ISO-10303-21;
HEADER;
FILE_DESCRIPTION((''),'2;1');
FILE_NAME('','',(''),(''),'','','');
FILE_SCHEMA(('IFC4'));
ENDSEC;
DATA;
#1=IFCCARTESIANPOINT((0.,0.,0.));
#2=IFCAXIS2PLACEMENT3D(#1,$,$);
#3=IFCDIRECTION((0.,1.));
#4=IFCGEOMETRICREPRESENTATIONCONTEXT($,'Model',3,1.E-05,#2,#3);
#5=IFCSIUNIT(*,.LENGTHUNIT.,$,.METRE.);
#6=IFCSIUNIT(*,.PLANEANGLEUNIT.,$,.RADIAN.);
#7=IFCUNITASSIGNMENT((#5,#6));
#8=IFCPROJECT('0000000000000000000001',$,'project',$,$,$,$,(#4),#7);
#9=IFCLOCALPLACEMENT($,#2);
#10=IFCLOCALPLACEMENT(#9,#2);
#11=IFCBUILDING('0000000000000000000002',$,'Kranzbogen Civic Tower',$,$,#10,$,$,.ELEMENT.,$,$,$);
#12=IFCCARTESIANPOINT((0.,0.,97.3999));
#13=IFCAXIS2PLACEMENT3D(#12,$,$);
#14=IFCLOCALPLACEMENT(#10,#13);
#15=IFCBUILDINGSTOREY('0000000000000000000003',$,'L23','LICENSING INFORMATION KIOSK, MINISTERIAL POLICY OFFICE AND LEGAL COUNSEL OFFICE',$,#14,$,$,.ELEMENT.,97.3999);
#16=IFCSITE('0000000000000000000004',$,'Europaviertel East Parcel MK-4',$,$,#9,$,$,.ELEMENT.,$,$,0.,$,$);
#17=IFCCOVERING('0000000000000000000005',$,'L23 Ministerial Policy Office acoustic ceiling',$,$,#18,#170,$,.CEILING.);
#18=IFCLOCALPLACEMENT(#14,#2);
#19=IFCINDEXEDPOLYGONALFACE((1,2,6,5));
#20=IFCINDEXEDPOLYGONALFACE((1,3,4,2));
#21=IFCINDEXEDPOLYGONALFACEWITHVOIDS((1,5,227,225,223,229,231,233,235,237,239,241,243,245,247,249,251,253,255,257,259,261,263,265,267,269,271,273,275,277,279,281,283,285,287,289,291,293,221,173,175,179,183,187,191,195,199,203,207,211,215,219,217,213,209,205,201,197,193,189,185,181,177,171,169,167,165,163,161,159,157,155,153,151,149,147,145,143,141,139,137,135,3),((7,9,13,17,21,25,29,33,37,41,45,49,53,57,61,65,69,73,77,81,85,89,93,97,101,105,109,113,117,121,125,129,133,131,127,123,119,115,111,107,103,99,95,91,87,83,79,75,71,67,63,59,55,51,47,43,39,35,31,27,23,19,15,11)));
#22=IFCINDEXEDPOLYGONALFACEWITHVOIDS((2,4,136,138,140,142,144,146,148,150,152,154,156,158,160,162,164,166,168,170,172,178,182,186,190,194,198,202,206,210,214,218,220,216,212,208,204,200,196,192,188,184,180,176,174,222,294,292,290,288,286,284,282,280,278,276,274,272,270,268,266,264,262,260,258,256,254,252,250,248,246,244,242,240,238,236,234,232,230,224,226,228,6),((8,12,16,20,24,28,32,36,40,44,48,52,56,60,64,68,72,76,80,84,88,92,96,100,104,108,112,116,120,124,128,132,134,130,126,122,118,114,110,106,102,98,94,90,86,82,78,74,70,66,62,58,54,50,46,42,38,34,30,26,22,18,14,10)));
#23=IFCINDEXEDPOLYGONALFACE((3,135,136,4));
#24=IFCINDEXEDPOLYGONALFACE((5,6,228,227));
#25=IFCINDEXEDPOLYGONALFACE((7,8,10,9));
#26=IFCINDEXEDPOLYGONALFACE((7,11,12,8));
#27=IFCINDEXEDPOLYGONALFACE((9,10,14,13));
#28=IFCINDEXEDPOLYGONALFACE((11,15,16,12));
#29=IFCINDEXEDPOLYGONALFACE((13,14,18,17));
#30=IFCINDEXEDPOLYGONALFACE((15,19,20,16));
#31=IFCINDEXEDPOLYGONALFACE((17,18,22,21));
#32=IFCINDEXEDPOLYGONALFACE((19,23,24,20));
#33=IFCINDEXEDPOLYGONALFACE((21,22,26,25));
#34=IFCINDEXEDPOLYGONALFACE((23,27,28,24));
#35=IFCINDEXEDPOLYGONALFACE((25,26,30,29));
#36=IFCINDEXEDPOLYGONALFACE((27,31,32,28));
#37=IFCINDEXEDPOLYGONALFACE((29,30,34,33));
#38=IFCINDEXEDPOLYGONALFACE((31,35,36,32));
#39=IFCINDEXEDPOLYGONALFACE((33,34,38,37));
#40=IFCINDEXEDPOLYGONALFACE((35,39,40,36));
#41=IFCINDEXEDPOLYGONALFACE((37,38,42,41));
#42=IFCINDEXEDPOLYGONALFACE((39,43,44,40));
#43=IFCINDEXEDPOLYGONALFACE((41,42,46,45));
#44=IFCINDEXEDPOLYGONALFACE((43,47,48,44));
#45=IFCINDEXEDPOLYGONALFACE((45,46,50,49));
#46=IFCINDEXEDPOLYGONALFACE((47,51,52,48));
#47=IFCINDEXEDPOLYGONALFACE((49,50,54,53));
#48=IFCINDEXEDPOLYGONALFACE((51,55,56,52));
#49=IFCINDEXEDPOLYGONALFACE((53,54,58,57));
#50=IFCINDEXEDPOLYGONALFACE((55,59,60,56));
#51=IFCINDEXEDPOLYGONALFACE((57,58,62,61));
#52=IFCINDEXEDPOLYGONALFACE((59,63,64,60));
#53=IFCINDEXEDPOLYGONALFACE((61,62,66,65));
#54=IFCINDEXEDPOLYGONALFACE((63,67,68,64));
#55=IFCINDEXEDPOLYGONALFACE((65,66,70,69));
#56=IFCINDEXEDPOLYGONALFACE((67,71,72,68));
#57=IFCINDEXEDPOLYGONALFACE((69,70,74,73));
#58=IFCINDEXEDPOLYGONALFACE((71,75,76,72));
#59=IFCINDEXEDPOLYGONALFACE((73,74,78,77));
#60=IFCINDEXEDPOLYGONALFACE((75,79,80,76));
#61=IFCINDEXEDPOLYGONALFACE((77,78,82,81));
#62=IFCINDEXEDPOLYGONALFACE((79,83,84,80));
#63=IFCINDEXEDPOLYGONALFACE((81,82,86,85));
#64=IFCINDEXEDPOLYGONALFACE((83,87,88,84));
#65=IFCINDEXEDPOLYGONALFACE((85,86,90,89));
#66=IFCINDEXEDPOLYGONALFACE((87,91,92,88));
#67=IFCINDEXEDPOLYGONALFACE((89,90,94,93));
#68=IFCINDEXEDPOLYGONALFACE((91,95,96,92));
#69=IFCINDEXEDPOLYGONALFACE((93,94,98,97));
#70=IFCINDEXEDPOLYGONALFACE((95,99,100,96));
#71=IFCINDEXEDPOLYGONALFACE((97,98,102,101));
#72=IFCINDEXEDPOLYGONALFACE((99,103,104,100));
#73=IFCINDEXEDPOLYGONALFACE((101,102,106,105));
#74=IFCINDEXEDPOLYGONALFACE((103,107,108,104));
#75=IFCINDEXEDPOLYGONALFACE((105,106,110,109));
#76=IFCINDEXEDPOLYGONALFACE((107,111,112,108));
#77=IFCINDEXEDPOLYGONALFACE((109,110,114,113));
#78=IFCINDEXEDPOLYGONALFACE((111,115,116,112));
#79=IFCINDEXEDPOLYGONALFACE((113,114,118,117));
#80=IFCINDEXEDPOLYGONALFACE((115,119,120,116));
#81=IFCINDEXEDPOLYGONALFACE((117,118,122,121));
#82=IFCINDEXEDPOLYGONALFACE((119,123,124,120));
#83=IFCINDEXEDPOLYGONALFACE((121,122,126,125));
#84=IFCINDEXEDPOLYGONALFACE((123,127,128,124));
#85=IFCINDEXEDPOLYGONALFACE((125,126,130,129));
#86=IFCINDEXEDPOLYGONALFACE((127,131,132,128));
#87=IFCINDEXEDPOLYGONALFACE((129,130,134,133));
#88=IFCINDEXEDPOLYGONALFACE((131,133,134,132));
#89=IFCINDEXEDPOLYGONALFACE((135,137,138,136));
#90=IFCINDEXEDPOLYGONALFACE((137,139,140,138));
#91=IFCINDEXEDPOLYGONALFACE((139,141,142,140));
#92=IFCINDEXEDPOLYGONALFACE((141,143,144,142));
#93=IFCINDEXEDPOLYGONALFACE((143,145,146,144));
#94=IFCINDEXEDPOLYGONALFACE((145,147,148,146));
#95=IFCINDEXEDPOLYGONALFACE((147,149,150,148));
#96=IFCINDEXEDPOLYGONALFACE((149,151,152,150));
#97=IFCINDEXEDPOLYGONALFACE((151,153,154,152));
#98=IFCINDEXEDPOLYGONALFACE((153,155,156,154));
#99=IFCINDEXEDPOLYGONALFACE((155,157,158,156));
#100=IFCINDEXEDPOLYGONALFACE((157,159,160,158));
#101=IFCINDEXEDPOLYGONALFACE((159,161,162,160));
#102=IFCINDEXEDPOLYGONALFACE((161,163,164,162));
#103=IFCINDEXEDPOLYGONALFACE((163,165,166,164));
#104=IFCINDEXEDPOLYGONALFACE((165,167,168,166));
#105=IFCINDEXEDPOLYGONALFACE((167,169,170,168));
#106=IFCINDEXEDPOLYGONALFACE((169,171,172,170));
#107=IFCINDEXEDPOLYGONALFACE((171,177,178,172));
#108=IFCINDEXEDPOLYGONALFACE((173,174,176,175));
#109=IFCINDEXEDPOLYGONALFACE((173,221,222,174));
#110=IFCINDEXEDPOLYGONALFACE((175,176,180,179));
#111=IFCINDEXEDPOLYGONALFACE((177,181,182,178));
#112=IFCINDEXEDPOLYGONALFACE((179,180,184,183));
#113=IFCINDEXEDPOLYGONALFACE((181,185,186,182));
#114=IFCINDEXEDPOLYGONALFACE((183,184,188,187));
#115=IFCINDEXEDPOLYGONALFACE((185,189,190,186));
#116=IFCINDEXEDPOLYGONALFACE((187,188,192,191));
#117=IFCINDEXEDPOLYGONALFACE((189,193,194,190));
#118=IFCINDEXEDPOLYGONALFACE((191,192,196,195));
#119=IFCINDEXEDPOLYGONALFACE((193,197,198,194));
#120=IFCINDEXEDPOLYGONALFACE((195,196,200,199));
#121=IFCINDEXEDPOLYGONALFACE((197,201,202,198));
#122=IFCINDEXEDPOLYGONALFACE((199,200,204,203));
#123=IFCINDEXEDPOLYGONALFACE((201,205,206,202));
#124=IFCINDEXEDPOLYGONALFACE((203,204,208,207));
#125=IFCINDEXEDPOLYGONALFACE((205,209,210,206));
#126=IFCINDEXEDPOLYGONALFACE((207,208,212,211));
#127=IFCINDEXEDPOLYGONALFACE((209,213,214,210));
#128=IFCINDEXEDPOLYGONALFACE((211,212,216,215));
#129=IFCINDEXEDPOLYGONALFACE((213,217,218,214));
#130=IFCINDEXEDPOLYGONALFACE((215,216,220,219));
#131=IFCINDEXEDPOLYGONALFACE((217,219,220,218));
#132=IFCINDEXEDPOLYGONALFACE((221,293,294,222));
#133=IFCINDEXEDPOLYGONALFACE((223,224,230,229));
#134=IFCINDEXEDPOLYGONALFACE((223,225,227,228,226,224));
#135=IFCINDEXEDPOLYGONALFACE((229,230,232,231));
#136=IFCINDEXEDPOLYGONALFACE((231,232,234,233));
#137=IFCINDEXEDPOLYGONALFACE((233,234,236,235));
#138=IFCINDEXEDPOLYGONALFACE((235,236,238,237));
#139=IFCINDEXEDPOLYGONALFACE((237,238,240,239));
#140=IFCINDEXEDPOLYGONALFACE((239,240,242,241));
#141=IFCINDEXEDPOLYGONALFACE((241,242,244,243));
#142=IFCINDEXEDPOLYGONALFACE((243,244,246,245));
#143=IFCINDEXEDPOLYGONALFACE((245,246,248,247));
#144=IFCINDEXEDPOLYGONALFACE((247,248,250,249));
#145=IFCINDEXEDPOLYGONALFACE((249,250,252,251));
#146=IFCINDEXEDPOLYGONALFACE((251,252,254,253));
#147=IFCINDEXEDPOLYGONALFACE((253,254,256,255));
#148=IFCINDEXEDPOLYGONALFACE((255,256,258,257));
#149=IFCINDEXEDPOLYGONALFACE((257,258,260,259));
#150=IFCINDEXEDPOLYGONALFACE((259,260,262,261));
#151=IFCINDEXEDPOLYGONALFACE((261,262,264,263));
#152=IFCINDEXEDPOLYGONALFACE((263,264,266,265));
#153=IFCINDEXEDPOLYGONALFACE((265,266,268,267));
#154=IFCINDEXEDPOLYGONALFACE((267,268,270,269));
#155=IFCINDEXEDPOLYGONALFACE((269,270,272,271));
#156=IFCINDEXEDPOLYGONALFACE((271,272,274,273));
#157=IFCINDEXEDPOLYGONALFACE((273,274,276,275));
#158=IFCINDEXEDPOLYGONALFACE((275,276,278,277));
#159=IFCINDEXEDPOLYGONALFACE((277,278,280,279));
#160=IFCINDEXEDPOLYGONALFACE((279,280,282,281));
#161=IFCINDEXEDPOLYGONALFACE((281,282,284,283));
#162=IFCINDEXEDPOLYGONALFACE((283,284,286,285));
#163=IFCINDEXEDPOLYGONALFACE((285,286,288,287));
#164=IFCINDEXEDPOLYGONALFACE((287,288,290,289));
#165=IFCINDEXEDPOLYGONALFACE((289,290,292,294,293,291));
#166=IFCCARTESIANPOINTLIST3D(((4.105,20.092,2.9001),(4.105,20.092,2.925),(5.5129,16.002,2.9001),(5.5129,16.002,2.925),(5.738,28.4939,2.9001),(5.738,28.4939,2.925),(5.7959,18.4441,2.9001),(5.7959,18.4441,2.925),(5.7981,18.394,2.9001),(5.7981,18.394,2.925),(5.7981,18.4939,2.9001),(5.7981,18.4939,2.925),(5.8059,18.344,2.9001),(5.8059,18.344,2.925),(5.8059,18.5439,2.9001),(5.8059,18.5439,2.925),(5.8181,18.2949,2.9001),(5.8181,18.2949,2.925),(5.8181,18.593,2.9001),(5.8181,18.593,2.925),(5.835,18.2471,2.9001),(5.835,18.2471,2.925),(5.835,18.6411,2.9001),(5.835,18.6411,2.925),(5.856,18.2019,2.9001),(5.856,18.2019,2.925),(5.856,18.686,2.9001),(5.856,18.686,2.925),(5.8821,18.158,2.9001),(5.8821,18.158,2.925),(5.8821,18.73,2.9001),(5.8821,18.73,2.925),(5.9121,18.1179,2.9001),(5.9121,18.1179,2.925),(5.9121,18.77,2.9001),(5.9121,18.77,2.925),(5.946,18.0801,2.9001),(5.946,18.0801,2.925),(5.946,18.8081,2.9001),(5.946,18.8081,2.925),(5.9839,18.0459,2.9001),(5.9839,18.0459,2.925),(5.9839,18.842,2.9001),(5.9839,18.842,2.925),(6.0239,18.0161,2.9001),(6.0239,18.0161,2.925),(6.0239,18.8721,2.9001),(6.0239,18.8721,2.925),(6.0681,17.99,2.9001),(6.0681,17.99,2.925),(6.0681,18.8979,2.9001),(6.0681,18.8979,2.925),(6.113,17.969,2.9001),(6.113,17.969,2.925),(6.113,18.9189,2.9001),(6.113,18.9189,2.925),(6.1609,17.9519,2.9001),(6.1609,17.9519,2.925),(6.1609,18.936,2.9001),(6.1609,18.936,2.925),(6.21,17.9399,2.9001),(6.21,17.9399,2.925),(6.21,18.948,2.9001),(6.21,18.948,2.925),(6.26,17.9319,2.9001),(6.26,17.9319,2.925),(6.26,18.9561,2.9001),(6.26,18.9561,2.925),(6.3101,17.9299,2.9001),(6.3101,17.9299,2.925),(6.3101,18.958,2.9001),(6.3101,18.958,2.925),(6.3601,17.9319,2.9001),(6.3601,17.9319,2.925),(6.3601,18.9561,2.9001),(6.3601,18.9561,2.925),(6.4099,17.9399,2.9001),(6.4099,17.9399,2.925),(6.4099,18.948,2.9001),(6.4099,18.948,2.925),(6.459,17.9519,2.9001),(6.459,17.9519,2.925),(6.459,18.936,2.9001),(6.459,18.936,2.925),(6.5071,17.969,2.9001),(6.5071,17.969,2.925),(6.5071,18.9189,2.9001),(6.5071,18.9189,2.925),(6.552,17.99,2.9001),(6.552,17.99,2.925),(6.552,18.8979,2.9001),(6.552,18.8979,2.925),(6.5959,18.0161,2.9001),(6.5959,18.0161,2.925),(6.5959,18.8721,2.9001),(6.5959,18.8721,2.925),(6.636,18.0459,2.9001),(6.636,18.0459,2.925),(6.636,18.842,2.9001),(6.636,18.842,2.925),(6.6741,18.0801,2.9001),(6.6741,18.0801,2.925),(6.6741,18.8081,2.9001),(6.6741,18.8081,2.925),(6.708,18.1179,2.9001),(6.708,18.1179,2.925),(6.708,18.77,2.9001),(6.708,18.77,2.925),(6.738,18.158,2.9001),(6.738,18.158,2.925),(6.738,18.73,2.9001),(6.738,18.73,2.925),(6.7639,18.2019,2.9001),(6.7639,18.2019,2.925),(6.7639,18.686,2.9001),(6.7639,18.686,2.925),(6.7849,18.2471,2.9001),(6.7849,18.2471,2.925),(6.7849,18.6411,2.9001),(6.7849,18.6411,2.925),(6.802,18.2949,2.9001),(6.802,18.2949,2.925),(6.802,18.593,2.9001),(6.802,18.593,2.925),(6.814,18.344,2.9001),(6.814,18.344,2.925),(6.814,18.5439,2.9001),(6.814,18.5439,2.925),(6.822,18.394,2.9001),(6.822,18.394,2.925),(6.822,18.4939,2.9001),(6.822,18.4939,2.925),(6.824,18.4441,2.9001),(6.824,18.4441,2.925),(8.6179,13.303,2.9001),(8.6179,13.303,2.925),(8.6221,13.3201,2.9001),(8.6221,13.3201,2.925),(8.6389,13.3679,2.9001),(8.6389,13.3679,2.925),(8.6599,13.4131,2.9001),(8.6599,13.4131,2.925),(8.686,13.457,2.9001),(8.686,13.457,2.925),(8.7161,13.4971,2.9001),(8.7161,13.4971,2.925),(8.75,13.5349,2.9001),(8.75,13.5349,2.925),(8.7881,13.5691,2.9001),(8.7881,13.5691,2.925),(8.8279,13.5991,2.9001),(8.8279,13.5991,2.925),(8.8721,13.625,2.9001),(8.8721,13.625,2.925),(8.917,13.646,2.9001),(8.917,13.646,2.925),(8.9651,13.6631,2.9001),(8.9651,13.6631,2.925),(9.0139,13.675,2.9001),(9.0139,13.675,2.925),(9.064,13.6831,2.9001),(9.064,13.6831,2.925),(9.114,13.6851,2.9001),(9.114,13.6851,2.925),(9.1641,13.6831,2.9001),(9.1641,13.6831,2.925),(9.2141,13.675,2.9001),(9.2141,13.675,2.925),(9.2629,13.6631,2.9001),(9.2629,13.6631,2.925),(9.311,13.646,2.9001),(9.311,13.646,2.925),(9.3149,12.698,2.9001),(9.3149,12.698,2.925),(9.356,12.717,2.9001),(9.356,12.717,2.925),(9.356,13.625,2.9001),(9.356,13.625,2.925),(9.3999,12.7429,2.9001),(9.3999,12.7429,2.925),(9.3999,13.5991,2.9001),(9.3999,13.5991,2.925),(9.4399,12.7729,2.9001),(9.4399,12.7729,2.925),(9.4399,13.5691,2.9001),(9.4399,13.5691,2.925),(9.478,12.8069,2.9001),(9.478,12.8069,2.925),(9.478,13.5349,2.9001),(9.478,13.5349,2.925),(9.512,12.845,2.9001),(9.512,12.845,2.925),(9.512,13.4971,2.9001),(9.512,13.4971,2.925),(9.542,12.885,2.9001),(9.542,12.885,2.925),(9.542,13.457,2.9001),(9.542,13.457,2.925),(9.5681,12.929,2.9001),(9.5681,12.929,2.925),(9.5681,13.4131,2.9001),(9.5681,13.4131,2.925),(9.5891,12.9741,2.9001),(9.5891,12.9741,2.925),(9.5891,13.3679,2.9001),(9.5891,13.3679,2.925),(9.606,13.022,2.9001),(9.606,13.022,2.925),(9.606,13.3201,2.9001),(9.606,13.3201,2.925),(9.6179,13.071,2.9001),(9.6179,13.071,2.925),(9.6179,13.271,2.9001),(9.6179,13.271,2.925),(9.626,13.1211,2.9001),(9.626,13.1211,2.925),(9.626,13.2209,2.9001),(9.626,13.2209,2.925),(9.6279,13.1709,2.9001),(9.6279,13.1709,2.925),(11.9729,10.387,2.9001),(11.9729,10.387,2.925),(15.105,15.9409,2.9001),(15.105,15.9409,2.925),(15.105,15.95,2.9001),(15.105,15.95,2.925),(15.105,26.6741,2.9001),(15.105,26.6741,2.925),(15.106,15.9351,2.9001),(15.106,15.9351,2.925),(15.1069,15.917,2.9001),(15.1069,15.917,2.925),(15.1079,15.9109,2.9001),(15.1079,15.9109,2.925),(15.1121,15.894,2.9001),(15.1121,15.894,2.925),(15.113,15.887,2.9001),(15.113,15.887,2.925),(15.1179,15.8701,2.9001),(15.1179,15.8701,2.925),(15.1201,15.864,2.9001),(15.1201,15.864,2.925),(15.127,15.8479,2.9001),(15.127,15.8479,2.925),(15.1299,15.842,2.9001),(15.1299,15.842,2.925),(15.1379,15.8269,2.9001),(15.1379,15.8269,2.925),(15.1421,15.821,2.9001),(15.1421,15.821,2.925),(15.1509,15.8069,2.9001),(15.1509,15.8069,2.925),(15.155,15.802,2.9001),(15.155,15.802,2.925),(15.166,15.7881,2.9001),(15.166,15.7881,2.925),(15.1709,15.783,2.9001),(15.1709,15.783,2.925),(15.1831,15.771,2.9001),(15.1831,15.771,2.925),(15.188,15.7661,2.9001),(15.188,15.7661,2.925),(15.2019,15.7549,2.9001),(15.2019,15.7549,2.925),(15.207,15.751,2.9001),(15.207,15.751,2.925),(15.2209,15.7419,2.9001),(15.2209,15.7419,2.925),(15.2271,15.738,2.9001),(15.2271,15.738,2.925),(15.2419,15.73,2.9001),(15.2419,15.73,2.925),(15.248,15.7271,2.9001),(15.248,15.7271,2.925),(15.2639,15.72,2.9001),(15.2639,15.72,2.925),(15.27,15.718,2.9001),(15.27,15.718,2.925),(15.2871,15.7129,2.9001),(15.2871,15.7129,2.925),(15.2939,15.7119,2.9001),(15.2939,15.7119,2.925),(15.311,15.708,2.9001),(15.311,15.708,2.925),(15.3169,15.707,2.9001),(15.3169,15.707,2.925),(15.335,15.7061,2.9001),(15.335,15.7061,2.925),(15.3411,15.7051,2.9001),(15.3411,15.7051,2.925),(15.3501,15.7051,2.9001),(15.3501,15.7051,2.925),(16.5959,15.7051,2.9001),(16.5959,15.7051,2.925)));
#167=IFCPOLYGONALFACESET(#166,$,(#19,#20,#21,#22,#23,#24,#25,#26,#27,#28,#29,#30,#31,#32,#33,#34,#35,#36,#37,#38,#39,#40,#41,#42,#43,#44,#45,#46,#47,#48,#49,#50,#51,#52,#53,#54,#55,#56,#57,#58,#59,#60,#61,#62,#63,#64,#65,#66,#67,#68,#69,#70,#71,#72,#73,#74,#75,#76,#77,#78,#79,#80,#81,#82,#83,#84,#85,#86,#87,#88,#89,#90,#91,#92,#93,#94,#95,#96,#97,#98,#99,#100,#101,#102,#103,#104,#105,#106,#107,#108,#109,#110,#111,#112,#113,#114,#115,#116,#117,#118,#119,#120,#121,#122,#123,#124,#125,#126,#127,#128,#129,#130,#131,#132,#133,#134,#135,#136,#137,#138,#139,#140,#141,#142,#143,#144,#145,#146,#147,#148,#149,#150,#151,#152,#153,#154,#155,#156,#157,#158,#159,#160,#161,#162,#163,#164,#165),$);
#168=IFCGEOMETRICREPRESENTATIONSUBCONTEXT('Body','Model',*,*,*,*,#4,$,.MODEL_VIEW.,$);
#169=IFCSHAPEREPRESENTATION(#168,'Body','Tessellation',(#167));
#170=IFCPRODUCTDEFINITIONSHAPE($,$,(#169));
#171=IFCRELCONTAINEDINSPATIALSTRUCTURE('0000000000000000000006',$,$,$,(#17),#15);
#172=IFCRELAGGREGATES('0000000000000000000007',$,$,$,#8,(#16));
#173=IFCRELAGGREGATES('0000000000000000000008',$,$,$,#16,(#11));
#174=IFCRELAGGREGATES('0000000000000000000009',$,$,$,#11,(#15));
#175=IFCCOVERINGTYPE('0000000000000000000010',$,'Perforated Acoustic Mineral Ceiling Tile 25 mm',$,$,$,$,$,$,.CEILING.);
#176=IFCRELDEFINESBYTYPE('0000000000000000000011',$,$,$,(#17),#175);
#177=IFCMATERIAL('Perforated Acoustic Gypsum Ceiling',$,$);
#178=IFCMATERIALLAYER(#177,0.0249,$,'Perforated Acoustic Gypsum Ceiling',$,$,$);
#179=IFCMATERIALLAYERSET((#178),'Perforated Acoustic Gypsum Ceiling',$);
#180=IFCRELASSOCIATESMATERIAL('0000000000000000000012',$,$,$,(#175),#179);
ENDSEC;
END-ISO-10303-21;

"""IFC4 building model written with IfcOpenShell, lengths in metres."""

from ifc_helpers import new_model, si_unit, direction, frame, origin, place, context, subcontext, project, spatial, polyline, outline, extrude, material, layer, layer_set, type_object, element, save


model = new_model("IFC4")

# Units and contexts
model_context = context("Model", 3, precision=1e-05, world=origin(), true_north=direction((0.0, 1.0)))
body_context = subcontext(model_context, "Body", "Model", "MODEL_VIEW")
ifc_project = project(units=[si_unit("LENGTHUNIT", "METRE"), si_unit("PLANEANGLEUNIT", "RADIAN")], contexts=[model_context])

# Site, building, storey
site_placement = place(None, origin())
site = spatial("IfcSite", under=ifc_project, at=site_placement, Name="Europaviertel East Parcel MK-4", CompositionType="ELEMENT", RefElevation=0.0)
building_placement = place(site_placement, origin())
building = spatial("IfcBuilding", under=site, at=building_placement, Name="Kranzbogen Civic Tower", CompositionType="ELEMENT")
storey_placement = place(building_placement, frame((0.0, 0.0, 97.3999)))
storey = spatial("IfcBuildingStorey", under=building, at=storey_placement, Name="L23", Description="LICENSING INFORMATION KIOSK, MINISTERIAL POLICY OFFICE AND LEGAL COUNSEL OFFICE", CompositionType="ELEMENT", Elevation=97.3999)

# Covering
ifc_material_1 = material(Name="Perforated Acoustic Gypsum Ceiling")
ifc_layer_1 = layer(ifc_material_1, 0.0249, Name="Perforated Acoustic Gypsum Ceiling")
ifc_layer_set_1 = layer_set([ifc_layer_1], Name="Perforated Acoustic Gypsum Ceiling")
covering_type_1 = type_object("IfcCoveringType", Name="Perforated Acoustic Mineral Ceiling Tile 25 mm", PredefinedType="CEILING", material=ifc_layer_set_1)
covering_1_placement = place(storey_placement, frame((0.0, 0.0, 2.9001)))
element("IfcCovering", 1, at=covering_1_placement, inside=storey, type_object=covering_type_1, Name="L23 Ministerial Policy Office acoustic ceiling", PredefinedType="CEILING", context=body_context, shape_type="SweptSolid", body=[
    extrude(outline(polyline([(4.105, 20.092), (5.738, 28.4939), (15.105, 26.6741), (15.105, 15.95), (15.105, 15.9409), (15.106, 15.9351), (15.1069, 15.917), (15.1079, 15.9109), (15.1121, 15.894), (15.113, 15.887), (15.1179, 15.8701), (15.1201, 15.864), (15.127, 15.8479), (15.1299, 15.842), (15.1379, 15.8269), (15.1421, 15.821), (15.1509, 15.8069), (15.155, 15.802), (15.166, 15.7881), (15.1709, 15.783), (15.1831, 15.771), (15.188, 15.7661), (15.2019, 15.7549), (15.207, 15.751), (15.2209, 15.7419), (15.2271, 15.738), (15.2419, 15.73), (15.248, 15.7271), (15.2639, 15.72), (15.27, 15.718), (15.2871, 15.7129), (15.2939, 15.7119), (15.311, 15.708), (15.3169, 15.707), (15.335, 15.7061), (15.3411, 15.7051), (15.3501, 15.7051), (16.5959, 15.7051), (11.9729, 10.387), (9.3149, 12.698), (9.356, 12.717), (9.3999, 12.7429), (9.4399, 12.7729), (9.478, 12.8069), (9.512, 12.845), (9.542, 12.885), (9.5681, 12.929), (9.5891, 12.9741), (9.606, 13.022), (9.6179, 13.071), (9.626, 13.1211), (9.6279, 13.1709), (9.626, 13.2209), (9.6179, 13.271), (9.606, 13.3201), (9.5891, 13.3679), (9.5681, 13.4131), (9.542, 13.457), (9.512, 13.4971), (9.478, 13.5349), (9.4399, 13.5691), (9.3999, 13.5991), (9.356, 13.625), (9.311, 13.646), (9.2629, 13.6631), (9.2141, 13.675), (9.1641, 13.6831), (9.114, 13.6851), (9.064, 13.6831), (9.0139, 13.675), (8.9651, 13.6631), (8.917, 13.646), (8.8721, 13.625), (8.8279, 13.5991), (8.7881, 13.5691), (8.75, 13.5349), (8.7161, 13.4971), (8.686, 13.457), (8.6599, 13.4131), (8.6389, 13.3679), (8.6221, 13.3201), (8.6179, 13.303), (5.5129, 16.002), (4.105, 20.092)]), holes=[polyline([(6.7849, 18.2471), (6.7639, 18.2019), (6.738, 18.158), (6.708, 18.1179), (6.6741, 18.0801), (6.636, 18.0459), (6.5959, 18.0161), (6.552, 17.99), (6.5071, 17.969), (6.459, 17.9519), (6.4099, 17.9399), (6.3601, 17.9319), (6.3101, 17.9299), (6.26, 17.9319), (6.21, 17.9399), (6.1609, 17.9519), (6.113, 17.969), (6.0681, 17.99), (6.0239, 18.0161), (5.9839, 18.0459), (5.946, 18.0801), (5.9121, 18.1179), (5.8821, 18.158), (5.856, 18.2019), (5.835, 18.2471), (5.8181, 18.2949), (5.8059, 18.344), (5.7981, 18.394), (5.7959, 18.4441), (5.7981, 18.4939), (5.8059, 18.5439), (5.8181, 18.593), (5.835, 18.6411), (5.856, 18.686), (5.8821, 18.73), (5.9121, 18.77), (5.946, 18.8081), (5.9839, 18.842), (6.0239, 18.8721), (6.0681, 18.8979), (6.113, 18.9189), (6.1609, 18.936), (6.21, 18.948), (6.26, 18.9561), (6.3101, 18.958), (6.3601, 18.9561), (6.4099, 18.948), (6.459, 18.936), (6.5071, 18.9189), (6.552, 18.8979), (6.5959, 18.8721), (6.636, 18.842), (6.6741, 18.8081), (6.708, 18.77), (6.738, 18.73), (6.7639, 18.686), (6.7849, 18.6411), (6.802, 18.593), (6.814, 18.5439), (6.822, 18.4939), (6.824, 18.4441), (6.822, 18.394), (6.814, 18.344), (6.802, 18.2949), (6.7849, 18.2471)])]), origin(), (0.0, 0.0, 1.0), 0.0249),
])

save(model, "model.ifc")
